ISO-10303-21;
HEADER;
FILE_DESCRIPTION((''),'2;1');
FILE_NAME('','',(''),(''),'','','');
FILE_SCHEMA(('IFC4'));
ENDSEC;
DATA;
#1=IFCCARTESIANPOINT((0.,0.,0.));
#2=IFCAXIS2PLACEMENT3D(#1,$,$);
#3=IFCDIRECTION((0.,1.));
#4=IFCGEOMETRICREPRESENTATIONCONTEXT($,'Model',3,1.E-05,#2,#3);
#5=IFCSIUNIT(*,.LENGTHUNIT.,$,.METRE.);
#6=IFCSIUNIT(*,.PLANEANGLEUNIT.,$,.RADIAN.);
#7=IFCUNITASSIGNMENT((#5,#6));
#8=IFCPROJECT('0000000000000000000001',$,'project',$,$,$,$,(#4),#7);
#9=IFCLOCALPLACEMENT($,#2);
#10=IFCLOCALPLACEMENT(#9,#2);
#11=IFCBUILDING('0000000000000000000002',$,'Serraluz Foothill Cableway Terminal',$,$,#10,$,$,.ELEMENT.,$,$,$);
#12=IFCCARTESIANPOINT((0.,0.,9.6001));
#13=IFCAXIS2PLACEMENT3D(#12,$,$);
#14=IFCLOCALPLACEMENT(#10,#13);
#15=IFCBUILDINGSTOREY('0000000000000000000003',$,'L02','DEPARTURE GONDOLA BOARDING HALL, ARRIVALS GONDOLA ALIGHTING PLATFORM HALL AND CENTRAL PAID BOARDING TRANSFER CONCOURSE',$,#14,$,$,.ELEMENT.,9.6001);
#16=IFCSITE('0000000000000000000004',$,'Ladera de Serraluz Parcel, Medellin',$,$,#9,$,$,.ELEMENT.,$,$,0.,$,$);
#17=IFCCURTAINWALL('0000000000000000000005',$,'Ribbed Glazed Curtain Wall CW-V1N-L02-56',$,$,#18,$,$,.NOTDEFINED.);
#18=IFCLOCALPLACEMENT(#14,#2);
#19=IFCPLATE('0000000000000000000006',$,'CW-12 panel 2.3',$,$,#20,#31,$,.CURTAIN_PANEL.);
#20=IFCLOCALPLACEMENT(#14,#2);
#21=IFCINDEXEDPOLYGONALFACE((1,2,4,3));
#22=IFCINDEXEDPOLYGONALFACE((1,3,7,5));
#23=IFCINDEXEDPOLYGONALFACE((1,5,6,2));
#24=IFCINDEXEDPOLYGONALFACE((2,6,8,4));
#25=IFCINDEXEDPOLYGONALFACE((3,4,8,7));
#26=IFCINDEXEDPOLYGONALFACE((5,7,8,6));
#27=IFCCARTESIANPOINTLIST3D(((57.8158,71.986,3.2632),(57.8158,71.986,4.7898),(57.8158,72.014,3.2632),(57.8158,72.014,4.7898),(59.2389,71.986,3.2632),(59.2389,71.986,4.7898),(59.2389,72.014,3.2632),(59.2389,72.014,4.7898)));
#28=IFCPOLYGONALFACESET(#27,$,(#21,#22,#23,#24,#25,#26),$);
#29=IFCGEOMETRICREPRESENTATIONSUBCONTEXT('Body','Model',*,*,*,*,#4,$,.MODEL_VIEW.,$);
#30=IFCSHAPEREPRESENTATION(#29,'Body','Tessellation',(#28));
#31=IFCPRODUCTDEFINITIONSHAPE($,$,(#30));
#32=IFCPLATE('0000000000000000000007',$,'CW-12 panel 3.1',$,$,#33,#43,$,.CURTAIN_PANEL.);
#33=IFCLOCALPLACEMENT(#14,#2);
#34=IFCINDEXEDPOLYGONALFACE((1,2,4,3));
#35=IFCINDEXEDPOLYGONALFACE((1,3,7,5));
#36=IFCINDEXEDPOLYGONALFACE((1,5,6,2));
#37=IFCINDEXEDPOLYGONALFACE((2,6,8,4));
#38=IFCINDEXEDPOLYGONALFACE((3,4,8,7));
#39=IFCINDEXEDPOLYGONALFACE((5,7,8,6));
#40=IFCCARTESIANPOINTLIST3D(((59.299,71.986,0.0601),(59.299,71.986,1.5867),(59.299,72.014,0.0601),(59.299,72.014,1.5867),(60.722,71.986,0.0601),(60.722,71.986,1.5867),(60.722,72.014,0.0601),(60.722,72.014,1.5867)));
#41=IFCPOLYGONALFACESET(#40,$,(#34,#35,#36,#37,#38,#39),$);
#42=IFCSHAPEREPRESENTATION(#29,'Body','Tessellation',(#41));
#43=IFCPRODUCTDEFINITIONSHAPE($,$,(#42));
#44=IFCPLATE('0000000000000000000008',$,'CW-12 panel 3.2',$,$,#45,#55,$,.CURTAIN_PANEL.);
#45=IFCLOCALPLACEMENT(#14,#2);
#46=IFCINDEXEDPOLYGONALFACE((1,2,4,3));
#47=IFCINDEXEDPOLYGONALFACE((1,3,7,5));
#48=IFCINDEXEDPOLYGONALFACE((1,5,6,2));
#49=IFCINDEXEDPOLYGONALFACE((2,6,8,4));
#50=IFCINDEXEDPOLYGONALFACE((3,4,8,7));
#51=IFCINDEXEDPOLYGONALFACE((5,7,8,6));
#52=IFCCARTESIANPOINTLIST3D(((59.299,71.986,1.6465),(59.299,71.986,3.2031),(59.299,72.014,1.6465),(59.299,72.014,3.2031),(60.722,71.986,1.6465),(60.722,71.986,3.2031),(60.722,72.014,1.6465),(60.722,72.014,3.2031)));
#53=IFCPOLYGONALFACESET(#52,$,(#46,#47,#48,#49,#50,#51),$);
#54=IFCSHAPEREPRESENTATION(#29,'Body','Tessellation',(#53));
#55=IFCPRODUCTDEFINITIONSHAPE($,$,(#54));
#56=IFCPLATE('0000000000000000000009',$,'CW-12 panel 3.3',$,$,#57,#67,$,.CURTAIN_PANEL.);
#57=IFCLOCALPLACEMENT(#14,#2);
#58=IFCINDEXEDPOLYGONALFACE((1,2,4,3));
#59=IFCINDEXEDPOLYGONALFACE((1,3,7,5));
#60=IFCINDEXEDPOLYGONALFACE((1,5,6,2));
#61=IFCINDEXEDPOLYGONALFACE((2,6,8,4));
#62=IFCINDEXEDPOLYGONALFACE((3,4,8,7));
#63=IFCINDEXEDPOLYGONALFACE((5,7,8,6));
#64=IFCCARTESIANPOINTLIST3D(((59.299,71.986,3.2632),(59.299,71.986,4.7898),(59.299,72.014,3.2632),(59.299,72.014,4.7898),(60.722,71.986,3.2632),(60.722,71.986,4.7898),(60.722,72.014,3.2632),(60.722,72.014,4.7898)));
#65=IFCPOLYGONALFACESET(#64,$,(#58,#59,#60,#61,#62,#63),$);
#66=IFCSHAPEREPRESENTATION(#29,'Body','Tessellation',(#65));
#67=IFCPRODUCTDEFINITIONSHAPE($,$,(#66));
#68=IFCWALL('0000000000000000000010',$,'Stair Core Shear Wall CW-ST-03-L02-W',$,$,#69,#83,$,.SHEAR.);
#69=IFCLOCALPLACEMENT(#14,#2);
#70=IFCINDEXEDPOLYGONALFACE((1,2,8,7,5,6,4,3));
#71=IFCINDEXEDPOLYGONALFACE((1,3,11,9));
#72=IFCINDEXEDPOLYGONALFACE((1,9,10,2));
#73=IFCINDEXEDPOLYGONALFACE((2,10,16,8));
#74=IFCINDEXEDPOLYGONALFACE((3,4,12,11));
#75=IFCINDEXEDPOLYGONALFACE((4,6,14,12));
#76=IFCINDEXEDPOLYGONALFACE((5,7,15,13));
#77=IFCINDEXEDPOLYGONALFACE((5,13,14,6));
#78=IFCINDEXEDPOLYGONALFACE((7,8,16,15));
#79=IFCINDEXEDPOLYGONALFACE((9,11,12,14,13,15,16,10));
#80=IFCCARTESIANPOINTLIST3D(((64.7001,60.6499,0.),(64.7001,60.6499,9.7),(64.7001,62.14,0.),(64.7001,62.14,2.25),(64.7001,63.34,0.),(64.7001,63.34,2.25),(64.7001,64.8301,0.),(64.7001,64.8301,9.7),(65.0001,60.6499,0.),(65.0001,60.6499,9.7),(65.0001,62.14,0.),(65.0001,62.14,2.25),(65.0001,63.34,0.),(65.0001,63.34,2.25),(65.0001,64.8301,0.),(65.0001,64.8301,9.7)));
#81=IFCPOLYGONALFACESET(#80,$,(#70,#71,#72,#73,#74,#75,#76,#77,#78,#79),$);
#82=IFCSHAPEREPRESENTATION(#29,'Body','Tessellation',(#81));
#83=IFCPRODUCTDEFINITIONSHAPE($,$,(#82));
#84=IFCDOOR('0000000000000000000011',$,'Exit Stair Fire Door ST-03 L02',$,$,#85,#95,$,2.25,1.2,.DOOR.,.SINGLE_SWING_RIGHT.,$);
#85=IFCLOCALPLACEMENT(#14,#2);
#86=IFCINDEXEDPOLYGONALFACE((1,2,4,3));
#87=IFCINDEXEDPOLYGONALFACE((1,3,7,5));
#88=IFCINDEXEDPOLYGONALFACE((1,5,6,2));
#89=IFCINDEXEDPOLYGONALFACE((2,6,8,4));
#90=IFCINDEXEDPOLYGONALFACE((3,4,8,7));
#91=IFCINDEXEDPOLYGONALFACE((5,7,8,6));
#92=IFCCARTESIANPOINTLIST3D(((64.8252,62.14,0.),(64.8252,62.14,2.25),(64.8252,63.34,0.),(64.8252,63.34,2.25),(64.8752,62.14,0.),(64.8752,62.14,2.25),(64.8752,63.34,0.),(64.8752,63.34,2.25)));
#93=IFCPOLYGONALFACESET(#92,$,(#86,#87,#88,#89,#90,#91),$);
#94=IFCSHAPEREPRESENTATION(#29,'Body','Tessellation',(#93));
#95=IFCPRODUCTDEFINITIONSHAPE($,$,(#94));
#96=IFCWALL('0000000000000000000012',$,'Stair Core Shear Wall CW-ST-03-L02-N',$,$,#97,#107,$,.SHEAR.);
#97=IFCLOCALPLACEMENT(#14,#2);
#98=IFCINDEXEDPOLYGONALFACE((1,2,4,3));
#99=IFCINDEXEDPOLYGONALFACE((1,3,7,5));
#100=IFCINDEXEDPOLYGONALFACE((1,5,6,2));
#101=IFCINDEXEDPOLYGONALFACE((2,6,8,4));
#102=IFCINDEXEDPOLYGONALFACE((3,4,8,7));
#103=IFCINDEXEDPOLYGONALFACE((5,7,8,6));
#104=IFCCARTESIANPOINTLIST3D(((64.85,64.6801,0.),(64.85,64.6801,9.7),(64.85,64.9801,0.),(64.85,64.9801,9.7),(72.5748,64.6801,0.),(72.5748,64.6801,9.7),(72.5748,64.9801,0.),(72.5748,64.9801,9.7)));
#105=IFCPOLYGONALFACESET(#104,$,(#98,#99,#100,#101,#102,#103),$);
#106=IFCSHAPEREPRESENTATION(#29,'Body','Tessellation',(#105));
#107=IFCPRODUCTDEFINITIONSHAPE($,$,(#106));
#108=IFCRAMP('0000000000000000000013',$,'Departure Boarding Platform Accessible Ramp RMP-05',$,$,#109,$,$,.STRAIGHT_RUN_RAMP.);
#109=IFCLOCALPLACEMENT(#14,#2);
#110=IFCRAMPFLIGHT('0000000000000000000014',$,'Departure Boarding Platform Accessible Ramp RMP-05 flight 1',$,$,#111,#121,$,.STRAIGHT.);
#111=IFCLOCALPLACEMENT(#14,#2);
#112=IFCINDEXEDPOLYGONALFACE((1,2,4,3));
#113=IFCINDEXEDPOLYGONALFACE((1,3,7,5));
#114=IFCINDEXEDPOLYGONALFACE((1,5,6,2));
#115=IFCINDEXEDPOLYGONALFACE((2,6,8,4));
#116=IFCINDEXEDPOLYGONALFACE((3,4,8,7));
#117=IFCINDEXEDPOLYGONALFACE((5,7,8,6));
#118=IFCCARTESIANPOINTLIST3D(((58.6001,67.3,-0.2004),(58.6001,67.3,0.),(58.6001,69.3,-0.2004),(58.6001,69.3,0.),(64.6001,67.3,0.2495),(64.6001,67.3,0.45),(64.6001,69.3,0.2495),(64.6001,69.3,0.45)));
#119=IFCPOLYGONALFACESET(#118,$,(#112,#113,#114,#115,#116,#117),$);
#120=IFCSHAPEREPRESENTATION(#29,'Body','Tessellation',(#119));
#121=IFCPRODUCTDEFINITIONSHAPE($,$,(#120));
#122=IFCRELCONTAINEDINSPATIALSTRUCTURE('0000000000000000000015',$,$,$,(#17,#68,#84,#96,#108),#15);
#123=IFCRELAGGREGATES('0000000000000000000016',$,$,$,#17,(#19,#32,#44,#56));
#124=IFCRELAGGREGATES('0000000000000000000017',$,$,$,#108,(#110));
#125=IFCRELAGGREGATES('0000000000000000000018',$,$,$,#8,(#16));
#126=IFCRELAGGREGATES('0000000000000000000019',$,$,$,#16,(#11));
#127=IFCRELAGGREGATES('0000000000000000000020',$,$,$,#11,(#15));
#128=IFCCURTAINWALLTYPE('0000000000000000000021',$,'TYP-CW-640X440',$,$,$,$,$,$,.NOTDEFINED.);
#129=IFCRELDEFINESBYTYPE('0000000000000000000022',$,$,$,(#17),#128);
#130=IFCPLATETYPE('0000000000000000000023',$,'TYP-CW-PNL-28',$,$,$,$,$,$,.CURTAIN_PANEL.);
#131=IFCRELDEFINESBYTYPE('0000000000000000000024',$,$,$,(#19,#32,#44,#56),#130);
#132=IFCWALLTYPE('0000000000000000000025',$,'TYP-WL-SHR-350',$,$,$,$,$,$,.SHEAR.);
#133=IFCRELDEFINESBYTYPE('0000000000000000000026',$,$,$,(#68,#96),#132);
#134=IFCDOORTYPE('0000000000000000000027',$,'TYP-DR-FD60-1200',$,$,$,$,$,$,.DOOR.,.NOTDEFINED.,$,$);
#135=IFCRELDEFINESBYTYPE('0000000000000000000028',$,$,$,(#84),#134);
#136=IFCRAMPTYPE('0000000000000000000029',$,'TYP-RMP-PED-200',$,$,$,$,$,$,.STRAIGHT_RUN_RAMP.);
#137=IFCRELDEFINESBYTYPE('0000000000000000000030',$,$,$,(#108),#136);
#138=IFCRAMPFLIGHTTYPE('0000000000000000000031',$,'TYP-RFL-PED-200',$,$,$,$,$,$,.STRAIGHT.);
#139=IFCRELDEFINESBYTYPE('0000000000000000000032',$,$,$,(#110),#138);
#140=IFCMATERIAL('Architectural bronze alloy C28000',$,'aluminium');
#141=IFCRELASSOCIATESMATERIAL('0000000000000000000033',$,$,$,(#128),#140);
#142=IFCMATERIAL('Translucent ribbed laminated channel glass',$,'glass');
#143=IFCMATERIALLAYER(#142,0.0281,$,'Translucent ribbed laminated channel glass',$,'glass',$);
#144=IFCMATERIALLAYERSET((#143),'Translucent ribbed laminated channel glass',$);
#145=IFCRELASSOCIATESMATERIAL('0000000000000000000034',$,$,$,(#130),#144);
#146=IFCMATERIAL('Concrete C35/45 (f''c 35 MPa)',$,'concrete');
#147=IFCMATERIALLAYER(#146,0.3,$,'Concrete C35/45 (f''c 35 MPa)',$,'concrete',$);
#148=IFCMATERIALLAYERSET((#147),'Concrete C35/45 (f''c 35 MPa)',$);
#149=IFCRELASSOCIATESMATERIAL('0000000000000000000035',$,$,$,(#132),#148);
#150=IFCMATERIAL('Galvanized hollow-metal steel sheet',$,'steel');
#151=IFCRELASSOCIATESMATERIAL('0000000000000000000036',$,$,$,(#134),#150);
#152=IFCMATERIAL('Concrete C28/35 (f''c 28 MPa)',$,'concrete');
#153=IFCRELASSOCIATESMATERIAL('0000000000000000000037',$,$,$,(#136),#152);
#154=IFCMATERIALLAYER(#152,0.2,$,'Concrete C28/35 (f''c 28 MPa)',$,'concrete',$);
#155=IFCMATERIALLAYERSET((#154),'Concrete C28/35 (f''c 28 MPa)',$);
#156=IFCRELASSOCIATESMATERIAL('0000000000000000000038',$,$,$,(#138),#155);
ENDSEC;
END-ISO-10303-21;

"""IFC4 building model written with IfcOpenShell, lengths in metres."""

from ifc_helpers import new_model, si_unit, direction, frame, frame_2d, origin, origin_2d, place, context, subcontext, project, spatial, polyline, rectangle, outline, extrude, material, layer, layer_set, type_object, element, fill, aggregate, save


model = new_model("IFC4")

# Units and contexts
model_context = context("Model", 3, precision=1e-05, world=origin(), true_north=direction((0.0, 1.0)))
body_context = subcontext(model_context, "Body", "Model", "MODEL_VIEW")
ifc_project = project(units=[si_unit("LENGTHUNIT", "METRE"), si_unit("PLANEANGLEUNIT", "RADIAN")], contexts=[model_context])

# Site, building, storey
site_placement = place(None, origin())
site = spatial("IfcSite", under=ifc_project, at=site_placement, Name="Ladera de Serraluz Parcel, Medellin", CompositionType="ELEMENT", RefElevation=0.0)
building_placement = place(site_placement, origin())
building = spatial("IfcBuilding", under=site, at=building_placement, Name="Serraluz Foothill Cableway Terminal", CompositionType="ELEMENT")
storey_placement = place(building_placement, frame((0.0, 0.0, 9.6001)))
storey = spatial("IfcBuildingStorey", under=building, at=storey_placement, Name="L02", Description="DEPARTURE GONDOLA BOARDING HALL, ARRIVALS GONDOLA ALIGHTING PLATFORM HALL AND CENTRAL PAID BOARDING TRANSFER CONCOURSE", CompositionType="ELEMENT", Elevation=9.6001)

# Curtain wall, plates
ifc_material_1 = material(Name="Architectural bronze alloy C28000", Category="aluminium")
curtain_wall_type = type_object("IfcCurtainWallType", Name="TYP-CW-640X440", PredefinedType="NOTDEFINED", material=ifc_material_1)
curtain_wall_placement = place(storey_placement, origin())
curtain_wall = element("IfcCurtainWall", 1, at=curtain_wall_placement, inside=storey, type_object=curtain_wall_type, Name="Ribbed Glazed Curtain Wall CW-V1N-L02-56", PredefinedType="NOTDEFINED")
ifc_material_2 = material(Name="Translucent ribbed laminated channel glass", Category="glass")
ifc_layer_1 = layer(ifc_material_2, 0.0281, Name="Translucent ribbed laminated channel glass", Category="glass")
ifc_layer_set_1 = layer_set([ifc_layer_1], Name="Translucent ribbed laminated channel glass")
plate_type = type_object("IfcPlateType", Name="TYP-CW-PNL-28", PredefinedType="CURTAIN_PANEL", material=ifc_layer_set_1)
plate_1_placement = place(storey_placement, frame((58.5273, 72.0, 3.2632), z_axis=(0.0, 0.0, 1.0), x_axis=(1.0, 0.0, 0.0)))
plate_1 = element("IfcPlate", 2, at=plate_1_placement, type_object=plate_type, Name="CW-12 panel 2.3", PredefinedType="CURTAIN_PANEL", context=body_context, shape_type="SweptSolid", body=[
    extrude(rectangle(XDim=1.4231, YDim=0.0281, at=origin_2d()), origin(), (0.0, 0.0, 1.0), 1.5266),
])
plate_2_placement = place(storey_placement, frame((60.0105, 72.0, 0.0601), z_axis=(0.0, 0.0, 1.0), x_axis=(1.0, 0.0, 0.0)))
plate_2 = element("IfcPlate", 3, at=plate_2_placement, type_object=plate_type, Name="CW-12 panel 3.1", PredefinedType="CURTAIN_PANEL", context=body_context, shape_type="SweptSolid", body=[
    extrude(rectangle(XDim=1.4231, YDim=0.0281, at=origin_2d()), origin(), (0.0, 0.0, 1.0), 1.5266),
])
plate_3_placement = place(storey_placement, frame((60.0105, 72.0, 1.6465), z_axis=(0.0, 0.0, 1.0), x_axis=(1.0, 0.0, 0.0)))
plate_3 = element("IfcPlate", 4, at=plate_3_placement, type_object=plate_type, Name="CW-12 panel 3.2", PredefinedType="CURTAIN_PANEL", context=body_context, shape_type="SweptSolid", body=[
    extrude(rectangle(XDim=1.4231, YDim=0.0281, at=origin_2d()), origin(), (0.0, 0.0, 1.0), 1.5566),
])
plate_4_placement = place(storey_placement, frame((60.0105, 72.0, 3.2632), z_axis=(0.0, 0.0, 1.0), x_axis=(1.0, 0.0, 0.0)))
plate_4 = element("IfcPlate", 5, at=plate_4_placement, type_object=plate_type, Name="CW-12 panel 3.3", PredefinedType="CURTAIN_PANEL", context=body_context, shape_type="SweptSolid", body=[
    extrude(rectangle(XDim=1.4231, YDim=0.0281, at=origin_2d()), origin(), (0.0, 0.0, 1.0), 1.5266),
])
aggregate(curtain_wall, [plate_1, plate_2, plate_3, plate_4])

# Wall, opening, door
ifc_material_3 = material(Name="Concrete C35/45 (f'c 35 MPa)", Category="concrete")
ifc_layer_2 = layer(ifc_material_3, 0.3, Name="Concrete C35/45 (f'c 35 MPa)", Category="concrete")
ifc_layer_set_2 = layer_set([ifc_layer_2], Name="Concrete C35/45 (f'c 35 MPa)")
wall_type = type_object("IfcWallType", Name="TYP-WL-SHR-350", PredefinedType="SHEAR", material=ifc_layer_set_2)
wall_1_placement = place(storey_placement, frame((64.8501, 60.6499, 0.0), z_axis=(0.0, 0.0, 1.0), x_axis=(0.0, 1.0, 0.0)))
wall_1 = element("IfcWall", 6, at=wall_1_placement, inside=storey, type_object=wall_type, Name="Stair Core Shear Wall CW-ST-03-L02-W", PredefinedType="SHEAR", context=body_context, shape_type="SweptSolid", body=[
    extrude(rectangle(XDim=4.1802, YDim=0.3, at=frame_2d((2.0901, 0.0))), origin(), (0.0, 0.0, 1.0), 9.7),
])
opening_placement = place(wall_1_placement, frame((1.49, 0.0, 0.0)))
opening = element("IfcOpeningElement", 7, at=opening_placement, cuts=wall_1, PredefinedType="OPENING", context=body_context, shape_type="SweptSolid", body=[
    extrude(rectangle(XDim=1.2, YDim=2.25, at=frame_2d((0.6001, 1.125))), frame((0.0, 0.1602, 0.0), z_axis=(0.0, -1.0, 0.0), x_axis=(1.0, 0.0, 0.0)), (0.0, 0.0, 1.0), 0.3201),
])
ifc_material_4 = material(Name="Galvanized hollow-metal steel sheet", Category="steel")
door_type = type_object("IfcDoorType", Name="TYP-DR-FD60-1200", OperationType="NOTDEFINED", PredefinedType="DOOR", material=ifc_material_4)
door_placement = place(opening_placement, origin())
door = element("IfcDoor", 8, at=door_placement, inside=storey, type_object=door_type, Name="Exit Stair Fire Door ST-03 L02", OperationType="SINGLE_SWING_RIGHT", OverallHeight=2.25, OverallWidth=1.2, PredefinedType="DOOR", context=body_context, shape_type="SweptSolid", body=[
    extrude(rectangle(XDim=1.2, YDim=2.25, at=frame_2d((0.6001, 1.125))), frame((0.0, 0.0249, 0.0), z_axis=(0.0, -1.0, 0.0), x_axis=(1.0, 0.0, 0.0)), (0.0, 0.0, 1.0), 0.05),
])
fill(opening, door)

# Wall
wall_2_placement = place(storey_placement, frame((64.8501, 64.8301, 0.0), z_axis=(0.0, 0.0, 1.0), x_axis=(1.0, 0.0, 0.0)))
element("IfcWall", 9, at=wall_2_placement, inside=storey, type_object=wall_type, Name="Stair Core Shear Wall CW-ST-03-L02-N", PredefinedType="SHEAR", context=body_context, shape_type="SweptSolid", body=[
    extrude(rectangle(XDim=7.7249, YDim=0.3, at=frame_2d((3.8623, 0.0))), origin(), (0.0, 0.0, 1.0), 9.7),
])

# Ramp, ramp flight
ifc_material_5 = material(Name="Concrete C28/35 (f'c 28 MPa)", Category="concrete")
ramp_type = type_object("IfcRampType", Name="TYP-RMP-PED-200", PredefinedType="STRAIGHT_RUN_RAMP", material=ifc_material_5)
ramp_placement = place(storey_placement, origin())
ramp = element("IfcRamp", 10, at=ramp_placement, inside=storey, type_object=ramp_type, Name="Departure Boarding Platform Accessible Ramp RMP-05", PredefinedType="STRAIGHT_RUN_RAMP")
ifc_layer_3 = layer(ifc_material_5, 0.2, Name="Concrete C28/35 (f'c 28 MPa)", Category="concrete")
ifc_layer_set_3 = layer_set([ifc_layer_3], Name="Concrete C28/35 (f'c 28 MPa)")
ramp_flight_type = type_object("IfcRampFlightType", Name="TYP-RFL-PED-200", PredefinedType="STRAIGHT", material=ifc_layer_set_3)
ramp_flight_placement = place(storey_placement, frame((58.6001, 68.3, 0.0), z_axis=(0.0, 0.0, 1.0), x_axis=(1.0, 0.0, 0.0)))
ramp_flight = element("IfcRampFlight", 11, at=ramp_flight_placement, type_object=ramp_flight_type, Name="Departure Boarding Platform Accessible Ramp RMP-05 flight 1", PredefinedType="STRAIGHT", context=body_context, shape_type="SweptSolid", body=[
    extrude(outline(polyline([(0.0, -0.2004), (6.0, 0.2495), (6.0, 0.45), (0.0, 0.0), (0.0, -0.2004)])), frame((0.0, 1.0, 0.0), z_axis=(0.0, -1.0, 0.0), x_axis=(1.0, 0.0, 0.0)), (0.0, 0.0, 1.0), 2.0),
])
aggregate(ramp, [ramp_flight])

save(model, "model.ifc")
